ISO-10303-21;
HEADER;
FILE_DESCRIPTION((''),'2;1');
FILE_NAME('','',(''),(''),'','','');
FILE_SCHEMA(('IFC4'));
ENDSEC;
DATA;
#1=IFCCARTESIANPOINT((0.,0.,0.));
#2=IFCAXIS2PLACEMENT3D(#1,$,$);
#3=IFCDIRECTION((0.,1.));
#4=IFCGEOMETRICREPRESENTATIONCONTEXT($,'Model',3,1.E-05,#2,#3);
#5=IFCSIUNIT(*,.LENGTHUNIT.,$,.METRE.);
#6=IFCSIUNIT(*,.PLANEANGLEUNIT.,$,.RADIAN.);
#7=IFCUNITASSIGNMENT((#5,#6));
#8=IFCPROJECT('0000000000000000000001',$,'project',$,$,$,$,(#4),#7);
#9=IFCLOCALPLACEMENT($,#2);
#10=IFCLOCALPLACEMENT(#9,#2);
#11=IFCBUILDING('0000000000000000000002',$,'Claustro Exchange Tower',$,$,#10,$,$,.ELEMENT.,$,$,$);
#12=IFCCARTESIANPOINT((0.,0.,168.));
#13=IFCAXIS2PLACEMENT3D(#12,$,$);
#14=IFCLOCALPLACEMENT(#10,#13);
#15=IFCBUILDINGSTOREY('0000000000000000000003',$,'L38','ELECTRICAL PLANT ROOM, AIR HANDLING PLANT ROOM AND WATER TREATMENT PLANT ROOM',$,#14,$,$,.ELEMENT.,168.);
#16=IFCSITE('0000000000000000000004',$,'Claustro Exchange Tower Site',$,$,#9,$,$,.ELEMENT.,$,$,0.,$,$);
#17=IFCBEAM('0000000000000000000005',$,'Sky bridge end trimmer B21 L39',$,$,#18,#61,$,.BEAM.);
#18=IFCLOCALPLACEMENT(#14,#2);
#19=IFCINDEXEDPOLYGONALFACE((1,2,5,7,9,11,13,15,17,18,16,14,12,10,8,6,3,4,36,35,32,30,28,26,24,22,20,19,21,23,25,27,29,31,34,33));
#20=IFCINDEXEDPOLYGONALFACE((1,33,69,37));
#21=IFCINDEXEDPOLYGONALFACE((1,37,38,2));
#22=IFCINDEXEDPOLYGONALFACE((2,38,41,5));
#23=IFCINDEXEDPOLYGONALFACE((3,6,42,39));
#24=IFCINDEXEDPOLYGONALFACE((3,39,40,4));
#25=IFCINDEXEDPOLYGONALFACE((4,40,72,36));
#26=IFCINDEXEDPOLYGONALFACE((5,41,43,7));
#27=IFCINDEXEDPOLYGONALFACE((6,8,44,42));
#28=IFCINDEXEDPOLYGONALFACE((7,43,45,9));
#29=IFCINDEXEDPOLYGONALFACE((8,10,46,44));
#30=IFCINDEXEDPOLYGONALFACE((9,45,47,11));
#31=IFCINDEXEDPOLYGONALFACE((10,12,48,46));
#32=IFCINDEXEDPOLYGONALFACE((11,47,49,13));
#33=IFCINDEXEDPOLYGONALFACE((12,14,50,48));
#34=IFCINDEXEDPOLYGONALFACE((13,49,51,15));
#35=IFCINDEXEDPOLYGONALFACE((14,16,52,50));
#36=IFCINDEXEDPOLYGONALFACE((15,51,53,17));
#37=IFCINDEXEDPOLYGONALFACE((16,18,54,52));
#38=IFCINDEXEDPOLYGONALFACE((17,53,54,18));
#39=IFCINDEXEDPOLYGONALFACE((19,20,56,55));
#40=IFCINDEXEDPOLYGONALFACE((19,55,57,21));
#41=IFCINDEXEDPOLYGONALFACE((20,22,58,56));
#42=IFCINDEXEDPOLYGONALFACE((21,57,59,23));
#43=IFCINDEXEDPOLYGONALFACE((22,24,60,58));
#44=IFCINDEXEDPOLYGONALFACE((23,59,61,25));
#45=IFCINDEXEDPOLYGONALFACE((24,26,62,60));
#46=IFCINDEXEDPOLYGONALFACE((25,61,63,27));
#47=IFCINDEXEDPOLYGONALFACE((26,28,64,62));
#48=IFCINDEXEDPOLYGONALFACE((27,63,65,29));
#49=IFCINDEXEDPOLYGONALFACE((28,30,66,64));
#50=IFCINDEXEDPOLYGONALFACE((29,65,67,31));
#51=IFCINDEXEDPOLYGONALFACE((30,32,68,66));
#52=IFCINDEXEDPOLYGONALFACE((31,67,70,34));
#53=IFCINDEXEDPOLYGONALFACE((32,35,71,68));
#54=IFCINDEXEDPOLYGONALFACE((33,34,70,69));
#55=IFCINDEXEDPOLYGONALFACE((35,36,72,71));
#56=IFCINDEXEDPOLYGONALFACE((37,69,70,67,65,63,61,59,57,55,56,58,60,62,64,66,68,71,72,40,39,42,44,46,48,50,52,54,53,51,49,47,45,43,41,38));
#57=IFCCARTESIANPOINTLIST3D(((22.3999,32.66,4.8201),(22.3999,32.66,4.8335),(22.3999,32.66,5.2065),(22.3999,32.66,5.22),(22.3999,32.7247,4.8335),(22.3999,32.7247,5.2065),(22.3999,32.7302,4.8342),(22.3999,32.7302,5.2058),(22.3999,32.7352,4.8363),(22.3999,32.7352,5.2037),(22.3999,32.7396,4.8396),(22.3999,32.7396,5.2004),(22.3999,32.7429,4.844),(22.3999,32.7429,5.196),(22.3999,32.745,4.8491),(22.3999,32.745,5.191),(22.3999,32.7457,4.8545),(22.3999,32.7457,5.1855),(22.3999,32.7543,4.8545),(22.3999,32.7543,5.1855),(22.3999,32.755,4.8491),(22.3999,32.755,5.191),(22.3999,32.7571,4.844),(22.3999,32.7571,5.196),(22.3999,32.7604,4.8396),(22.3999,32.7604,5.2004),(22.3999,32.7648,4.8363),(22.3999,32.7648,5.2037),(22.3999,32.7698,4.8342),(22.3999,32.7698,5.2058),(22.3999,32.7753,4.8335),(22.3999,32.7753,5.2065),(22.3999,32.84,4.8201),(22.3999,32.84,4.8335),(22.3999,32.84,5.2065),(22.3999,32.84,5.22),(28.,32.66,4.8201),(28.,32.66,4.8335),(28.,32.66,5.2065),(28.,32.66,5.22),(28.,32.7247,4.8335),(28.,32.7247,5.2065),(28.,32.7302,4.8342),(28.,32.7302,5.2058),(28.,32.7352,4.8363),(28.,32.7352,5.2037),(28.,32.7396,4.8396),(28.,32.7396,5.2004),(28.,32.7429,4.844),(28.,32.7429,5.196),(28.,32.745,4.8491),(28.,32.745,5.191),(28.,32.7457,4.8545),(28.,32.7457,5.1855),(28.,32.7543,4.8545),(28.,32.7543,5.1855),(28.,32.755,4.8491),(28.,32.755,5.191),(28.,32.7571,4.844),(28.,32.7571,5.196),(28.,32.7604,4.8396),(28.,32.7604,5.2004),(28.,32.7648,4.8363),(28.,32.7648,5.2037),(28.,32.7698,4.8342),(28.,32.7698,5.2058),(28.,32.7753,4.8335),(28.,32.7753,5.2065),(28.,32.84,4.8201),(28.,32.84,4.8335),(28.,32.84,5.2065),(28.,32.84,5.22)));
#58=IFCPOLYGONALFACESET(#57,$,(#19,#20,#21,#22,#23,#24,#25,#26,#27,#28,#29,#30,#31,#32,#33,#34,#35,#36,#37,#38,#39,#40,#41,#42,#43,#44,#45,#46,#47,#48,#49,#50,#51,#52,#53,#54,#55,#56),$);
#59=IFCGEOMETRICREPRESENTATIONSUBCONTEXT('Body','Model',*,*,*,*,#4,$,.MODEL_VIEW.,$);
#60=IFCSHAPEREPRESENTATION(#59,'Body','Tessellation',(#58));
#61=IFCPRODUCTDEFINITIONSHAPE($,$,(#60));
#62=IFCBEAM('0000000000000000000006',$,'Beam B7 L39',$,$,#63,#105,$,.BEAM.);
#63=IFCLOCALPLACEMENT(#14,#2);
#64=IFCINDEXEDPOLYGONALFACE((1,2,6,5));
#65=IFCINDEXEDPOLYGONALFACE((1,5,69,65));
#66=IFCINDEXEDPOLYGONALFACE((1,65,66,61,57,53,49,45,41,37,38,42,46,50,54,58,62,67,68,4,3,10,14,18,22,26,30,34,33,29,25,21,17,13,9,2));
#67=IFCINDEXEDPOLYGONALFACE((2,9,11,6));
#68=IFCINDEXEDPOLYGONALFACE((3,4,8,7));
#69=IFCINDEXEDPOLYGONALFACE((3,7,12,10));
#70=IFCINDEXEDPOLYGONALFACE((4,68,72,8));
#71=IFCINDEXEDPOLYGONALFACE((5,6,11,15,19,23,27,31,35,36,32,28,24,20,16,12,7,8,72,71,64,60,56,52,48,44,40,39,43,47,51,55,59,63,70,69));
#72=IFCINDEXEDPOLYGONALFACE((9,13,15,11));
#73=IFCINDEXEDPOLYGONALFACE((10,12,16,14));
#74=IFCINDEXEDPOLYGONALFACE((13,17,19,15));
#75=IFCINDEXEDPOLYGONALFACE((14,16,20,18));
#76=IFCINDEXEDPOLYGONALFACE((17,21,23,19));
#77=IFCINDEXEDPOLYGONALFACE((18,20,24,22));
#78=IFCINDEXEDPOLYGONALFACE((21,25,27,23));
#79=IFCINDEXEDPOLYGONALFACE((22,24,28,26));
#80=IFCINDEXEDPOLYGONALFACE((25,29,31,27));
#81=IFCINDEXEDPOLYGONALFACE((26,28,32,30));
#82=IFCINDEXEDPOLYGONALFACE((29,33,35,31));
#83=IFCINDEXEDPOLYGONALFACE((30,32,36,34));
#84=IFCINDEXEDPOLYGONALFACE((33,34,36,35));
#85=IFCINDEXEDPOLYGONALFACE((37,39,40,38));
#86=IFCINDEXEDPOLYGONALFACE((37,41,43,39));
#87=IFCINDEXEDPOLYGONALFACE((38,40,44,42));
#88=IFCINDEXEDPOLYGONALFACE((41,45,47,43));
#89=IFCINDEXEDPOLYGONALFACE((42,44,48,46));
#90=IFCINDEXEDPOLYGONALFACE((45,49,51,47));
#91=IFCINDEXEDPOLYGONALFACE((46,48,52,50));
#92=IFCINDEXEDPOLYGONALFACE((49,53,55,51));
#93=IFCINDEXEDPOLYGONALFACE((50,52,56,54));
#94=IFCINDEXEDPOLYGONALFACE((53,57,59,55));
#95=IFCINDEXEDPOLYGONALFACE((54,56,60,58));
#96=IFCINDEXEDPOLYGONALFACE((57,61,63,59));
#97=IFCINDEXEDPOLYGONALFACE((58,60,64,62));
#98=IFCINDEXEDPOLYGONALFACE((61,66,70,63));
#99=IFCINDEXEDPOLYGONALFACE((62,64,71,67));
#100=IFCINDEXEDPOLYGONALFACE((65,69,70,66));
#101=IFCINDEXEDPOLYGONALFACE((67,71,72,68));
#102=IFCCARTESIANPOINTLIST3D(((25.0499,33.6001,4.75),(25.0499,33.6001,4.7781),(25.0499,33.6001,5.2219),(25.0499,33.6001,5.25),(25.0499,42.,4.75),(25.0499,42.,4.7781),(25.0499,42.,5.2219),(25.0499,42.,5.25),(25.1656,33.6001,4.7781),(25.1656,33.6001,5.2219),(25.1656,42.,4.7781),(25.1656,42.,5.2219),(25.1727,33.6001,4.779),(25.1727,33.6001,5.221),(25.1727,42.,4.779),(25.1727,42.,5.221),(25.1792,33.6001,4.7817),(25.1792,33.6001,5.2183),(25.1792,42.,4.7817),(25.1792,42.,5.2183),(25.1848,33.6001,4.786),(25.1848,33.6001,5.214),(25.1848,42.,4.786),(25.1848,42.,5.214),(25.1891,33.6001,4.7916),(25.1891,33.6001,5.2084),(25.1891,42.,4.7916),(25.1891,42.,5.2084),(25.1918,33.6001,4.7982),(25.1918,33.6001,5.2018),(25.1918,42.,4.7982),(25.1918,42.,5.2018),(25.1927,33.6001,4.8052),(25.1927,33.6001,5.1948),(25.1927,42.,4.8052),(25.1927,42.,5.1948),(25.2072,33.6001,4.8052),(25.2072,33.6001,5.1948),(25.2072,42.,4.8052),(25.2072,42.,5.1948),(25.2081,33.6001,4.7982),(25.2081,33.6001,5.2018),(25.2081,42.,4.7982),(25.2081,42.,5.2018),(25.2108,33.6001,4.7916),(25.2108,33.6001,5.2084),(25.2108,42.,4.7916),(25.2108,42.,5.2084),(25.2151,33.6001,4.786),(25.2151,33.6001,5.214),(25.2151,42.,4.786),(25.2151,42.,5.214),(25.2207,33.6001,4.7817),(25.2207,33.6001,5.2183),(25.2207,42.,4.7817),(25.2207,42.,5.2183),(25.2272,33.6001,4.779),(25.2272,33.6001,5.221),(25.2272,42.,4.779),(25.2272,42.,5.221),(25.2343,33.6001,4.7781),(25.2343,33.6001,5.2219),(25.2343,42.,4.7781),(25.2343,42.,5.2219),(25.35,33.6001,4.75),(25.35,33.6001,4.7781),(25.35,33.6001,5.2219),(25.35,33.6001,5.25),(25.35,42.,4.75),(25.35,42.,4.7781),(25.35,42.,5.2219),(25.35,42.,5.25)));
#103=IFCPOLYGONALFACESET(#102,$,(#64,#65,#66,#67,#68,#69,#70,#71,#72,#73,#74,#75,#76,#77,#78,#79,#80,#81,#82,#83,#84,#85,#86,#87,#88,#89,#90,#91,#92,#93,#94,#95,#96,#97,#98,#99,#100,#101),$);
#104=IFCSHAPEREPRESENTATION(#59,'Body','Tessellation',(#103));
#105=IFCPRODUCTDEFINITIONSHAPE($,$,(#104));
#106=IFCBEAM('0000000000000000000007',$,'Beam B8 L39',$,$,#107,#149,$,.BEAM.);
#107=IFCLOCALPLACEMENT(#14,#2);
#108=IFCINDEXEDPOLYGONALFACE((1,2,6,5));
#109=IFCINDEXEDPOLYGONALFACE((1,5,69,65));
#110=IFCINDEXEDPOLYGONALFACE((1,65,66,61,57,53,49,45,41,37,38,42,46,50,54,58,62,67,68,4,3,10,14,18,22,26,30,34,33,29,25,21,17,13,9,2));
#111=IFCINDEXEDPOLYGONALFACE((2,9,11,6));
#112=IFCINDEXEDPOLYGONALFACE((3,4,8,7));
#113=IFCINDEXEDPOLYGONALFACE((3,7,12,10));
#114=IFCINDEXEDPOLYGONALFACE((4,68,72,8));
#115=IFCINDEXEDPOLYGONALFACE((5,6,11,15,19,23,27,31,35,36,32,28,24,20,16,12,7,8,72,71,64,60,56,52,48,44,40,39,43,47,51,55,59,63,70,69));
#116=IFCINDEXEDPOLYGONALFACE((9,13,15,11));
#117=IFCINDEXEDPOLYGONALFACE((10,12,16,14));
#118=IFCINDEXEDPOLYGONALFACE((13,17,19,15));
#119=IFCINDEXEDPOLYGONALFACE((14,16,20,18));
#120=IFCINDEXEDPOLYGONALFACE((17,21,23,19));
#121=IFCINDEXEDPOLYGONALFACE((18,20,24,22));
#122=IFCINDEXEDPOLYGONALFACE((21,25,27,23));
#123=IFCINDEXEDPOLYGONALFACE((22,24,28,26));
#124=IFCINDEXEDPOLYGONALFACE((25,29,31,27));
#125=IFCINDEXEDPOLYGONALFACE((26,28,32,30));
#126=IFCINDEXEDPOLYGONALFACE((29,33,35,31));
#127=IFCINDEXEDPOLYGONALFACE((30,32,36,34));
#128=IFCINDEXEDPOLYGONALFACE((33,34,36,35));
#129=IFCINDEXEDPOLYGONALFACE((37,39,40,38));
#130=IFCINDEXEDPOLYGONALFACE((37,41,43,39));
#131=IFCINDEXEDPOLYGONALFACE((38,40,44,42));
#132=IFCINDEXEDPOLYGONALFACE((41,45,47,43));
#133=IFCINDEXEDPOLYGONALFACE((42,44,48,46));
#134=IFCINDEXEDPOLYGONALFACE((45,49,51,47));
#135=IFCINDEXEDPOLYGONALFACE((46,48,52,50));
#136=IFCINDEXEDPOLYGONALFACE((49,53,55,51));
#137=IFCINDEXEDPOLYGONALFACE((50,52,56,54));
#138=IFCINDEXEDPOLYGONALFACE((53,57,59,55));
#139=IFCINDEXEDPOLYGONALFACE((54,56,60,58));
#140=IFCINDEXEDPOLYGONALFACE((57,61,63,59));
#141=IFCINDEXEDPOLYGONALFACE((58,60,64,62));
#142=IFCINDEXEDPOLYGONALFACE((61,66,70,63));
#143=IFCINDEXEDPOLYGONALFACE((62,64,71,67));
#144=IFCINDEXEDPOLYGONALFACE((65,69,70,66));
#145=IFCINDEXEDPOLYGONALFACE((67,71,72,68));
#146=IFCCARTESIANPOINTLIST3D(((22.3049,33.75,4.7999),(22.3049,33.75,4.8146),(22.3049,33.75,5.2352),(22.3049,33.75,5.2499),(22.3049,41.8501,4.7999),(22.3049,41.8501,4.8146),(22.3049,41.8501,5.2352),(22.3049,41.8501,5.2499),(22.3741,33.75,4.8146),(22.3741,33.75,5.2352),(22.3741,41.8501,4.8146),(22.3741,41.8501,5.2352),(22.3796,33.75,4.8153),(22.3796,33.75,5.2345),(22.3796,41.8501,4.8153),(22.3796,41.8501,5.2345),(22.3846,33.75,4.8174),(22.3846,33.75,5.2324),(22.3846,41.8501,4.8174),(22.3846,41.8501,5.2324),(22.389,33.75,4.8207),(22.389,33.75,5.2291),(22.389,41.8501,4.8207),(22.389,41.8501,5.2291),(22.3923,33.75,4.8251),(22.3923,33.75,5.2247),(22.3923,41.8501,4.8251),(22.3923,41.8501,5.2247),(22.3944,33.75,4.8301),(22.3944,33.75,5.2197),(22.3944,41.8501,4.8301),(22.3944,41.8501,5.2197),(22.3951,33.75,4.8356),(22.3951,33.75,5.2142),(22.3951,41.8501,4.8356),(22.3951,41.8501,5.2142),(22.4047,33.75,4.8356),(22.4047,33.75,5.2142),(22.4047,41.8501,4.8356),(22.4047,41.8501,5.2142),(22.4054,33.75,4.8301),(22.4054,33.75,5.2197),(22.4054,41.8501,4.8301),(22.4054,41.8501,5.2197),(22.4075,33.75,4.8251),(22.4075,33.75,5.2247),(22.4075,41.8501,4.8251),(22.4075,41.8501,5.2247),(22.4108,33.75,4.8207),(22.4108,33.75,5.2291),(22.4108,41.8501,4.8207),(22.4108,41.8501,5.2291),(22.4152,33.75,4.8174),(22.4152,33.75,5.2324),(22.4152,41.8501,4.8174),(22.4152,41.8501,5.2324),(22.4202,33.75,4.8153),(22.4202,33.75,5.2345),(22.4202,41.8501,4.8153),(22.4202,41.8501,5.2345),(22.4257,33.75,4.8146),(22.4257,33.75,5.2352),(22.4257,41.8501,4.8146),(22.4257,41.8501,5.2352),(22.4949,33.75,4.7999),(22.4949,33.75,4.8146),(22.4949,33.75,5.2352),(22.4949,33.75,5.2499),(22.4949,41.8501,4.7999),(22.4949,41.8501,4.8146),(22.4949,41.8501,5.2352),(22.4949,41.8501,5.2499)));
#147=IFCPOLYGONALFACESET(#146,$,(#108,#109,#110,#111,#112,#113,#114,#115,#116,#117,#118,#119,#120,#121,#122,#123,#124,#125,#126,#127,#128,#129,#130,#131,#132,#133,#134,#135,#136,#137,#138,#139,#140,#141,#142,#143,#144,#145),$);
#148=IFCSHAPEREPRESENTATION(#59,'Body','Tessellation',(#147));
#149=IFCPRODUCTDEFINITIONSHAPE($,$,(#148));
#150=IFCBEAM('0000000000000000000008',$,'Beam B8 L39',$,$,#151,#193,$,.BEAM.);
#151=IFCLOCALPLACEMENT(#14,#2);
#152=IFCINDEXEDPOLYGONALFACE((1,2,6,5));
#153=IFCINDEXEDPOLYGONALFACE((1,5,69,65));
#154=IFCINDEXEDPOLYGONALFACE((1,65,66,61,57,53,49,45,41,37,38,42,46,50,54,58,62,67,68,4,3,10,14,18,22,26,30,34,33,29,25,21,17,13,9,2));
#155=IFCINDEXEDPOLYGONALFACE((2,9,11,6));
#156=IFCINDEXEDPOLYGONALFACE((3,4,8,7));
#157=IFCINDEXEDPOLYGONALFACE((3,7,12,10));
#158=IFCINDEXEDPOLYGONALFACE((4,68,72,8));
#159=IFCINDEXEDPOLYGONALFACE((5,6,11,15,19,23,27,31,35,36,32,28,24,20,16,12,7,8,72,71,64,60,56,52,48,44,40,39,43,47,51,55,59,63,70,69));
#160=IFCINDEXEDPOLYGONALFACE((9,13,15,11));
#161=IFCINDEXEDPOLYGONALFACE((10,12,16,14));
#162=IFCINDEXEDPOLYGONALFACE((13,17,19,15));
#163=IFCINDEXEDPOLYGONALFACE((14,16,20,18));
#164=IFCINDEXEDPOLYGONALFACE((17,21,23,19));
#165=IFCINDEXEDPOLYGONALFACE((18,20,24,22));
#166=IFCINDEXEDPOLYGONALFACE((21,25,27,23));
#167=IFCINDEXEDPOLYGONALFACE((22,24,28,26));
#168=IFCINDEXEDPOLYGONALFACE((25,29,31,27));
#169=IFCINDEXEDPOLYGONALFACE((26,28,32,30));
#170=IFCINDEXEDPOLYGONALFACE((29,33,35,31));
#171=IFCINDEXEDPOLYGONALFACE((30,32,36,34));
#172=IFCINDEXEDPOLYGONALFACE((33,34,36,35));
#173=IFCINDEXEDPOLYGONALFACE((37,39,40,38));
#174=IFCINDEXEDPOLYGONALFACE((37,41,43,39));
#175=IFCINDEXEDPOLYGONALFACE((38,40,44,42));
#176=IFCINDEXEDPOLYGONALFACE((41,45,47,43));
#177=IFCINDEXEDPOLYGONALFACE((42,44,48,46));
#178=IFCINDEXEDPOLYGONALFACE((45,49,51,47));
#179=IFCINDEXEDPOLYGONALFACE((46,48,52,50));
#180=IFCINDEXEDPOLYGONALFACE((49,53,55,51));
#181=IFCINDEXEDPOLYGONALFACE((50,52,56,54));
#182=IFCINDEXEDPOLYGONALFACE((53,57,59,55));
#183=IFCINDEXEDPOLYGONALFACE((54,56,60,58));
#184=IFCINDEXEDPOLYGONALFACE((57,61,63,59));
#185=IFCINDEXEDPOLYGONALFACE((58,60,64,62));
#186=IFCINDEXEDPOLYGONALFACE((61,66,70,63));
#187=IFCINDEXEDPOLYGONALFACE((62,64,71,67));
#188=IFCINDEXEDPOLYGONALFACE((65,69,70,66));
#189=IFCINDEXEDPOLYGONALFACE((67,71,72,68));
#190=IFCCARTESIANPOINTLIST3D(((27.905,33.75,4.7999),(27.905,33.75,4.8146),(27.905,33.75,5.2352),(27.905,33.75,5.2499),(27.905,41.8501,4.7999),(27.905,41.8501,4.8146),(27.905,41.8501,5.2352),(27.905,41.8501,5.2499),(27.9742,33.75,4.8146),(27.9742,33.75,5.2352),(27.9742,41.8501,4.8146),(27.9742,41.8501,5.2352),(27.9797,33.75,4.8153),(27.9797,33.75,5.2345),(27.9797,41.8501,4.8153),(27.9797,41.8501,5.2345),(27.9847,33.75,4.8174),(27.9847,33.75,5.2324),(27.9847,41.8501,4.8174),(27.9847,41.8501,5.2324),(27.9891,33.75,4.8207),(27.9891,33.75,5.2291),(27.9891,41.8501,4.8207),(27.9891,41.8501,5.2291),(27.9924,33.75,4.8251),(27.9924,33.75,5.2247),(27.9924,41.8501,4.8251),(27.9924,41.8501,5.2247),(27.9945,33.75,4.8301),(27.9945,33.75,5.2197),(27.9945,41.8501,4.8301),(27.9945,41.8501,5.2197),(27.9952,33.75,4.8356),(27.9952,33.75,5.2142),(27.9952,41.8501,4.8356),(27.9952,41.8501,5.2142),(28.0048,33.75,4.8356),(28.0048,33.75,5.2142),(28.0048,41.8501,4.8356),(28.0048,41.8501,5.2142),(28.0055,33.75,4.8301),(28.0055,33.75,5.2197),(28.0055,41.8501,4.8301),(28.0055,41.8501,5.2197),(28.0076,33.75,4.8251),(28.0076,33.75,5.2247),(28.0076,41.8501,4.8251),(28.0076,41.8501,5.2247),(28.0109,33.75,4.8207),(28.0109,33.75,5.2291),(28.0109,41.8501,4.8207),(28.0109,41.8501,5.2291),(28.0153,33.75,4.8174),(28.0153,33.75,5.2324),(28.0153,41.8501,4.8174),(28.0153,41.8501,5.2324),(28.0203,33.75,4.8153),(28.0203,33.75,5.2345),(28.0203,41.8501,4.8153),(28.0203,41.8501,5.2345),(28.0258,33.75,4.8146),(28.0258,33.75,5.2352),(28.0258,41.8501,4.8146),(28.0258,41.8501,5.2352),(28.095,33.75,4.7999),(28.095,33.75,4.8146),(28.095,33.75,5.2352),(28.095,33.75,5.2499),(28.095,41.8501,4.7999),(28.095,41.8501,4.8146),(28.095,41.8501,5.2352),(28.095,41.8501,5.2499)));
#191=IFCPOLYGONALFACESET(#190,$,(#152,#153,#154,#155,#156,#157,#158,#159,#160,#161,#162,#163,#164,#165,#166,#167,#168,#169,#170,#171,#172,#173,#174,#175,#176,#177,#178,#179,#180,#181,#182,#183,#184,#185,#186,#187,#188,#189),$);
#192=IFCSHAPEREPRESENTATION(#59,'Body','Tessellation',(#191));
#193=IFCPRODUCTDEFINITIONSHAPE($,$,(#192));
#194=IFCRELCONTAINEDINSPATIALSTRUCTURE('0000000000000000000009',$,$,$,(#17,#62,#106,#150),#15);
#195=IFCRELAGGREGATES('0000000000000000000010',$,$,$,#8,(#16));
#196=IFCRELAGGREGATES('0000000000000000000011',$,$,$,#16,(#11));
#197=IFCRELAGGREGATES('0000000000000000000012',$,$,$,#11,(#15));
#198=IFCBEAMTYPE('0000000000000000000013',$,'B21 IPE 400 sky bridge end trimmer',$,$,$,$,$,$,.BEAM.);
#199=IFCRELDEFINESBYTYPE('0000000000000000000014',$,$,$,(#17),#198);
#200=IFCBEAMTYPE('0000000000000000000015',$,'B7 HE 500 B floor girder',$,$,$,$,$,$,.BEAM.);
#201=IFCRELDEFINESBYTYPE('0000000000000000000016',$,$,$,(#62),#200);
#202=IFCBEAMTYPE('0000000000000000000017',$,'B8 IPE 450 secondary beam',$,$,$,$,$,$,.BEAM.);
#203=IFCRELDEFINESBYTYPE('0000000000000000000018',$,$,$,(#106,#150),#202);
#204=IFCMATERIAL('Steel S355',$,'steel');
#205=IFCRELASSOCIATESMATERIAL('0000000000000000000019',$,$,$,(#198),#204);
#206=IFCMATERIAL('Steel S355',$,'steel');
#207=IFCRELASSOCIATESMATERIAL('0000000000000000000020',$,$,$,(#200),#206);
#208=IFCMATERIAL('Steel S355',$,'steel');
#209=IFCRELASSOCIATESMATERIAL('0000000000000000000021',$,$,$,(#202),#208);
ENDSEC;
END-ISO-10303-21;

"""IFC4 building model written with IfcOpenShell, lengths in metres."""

from ifc_helpers import new_model, si_unit, direction, frame, origin, origin_2d, place, context, subcontext, project, spatial, i_section, extrude, material, material_profile, profile_set, type_object, element, save


model = new_model("IFC4")

# Units and contexts
model_context = context("Model", 3, precision=1e-05, world=origin(), true_north=direction((0.0, 1.0)))
body_context = subcontext(model_context, "Body", "Model", "MODEL_VIEW")
ifc_project = project(units=[si_unit("LENGTHUNIT", "METRE"), si_unit("PLANEANGLEUNIT", "RADIAN")], contexts=[model_context])

# Site, building, storey
site_placement = place(None, origin())
site = spatial("IfcSite", under=ifc_project, at=site_placement, Name="Claustro Exchange Tower Site", CompositionType="ELEMENT", RefElevation=0.0)
building_placement = place(site_placement, origin())
building = spatial("IfcBuilding", under=site, at=building_placement, Name="Claustro Exchange Tower", CompositionType="ELEMENT")
storey_placement = place(building_placement, frame((0.0, 0.0, 168.0)))
storey = spatial("IfcBuildingStorey", under=building, at=storey_placement, Name="L38", Description="ELECTRICAL PLANT ROOM, AIR HANDLING PLANT ROOM AND WATER TREATMENT PLANT ROOM", CompositionType="ELEMENT", Elevation=168.0)

# Beams
ifc_material_1 = material(Name="Steel S355", Category="steel")
ifc_material_profile_1 = material_profile(ifc_material_1, i_section(OverallWidth=0.1799, OverallDepth=0.3999, WebThickness=0.0085, FlangeThickness=0.0134, FilletRadius=0.021, at=origin_2d()), Name="IPE 400")
ifc_profile_set_1 = profile_set([ifc_material_profile_1], Name="Steel S355")
beam_type_1 = type_object("IfcBeamType", Name="B21 IPE 400 sky bridge end trimmer", PredefinedType="BEAM", material=ifc_profile_set_1)
beam_1_placement = place(storey_placement, frame((22.3999, 32.75, 5.02), z_axis=(1.0, 0.0, 0.0), x_axis=(0.0, 1.0, 0.0)))
element("IfcBeam", 1, at=beam_1_placement, inside=storey, type_object=beam_type_1, Name="Sky bridge end trimmer B21 L39", PredefinedType="BEAM", context=body_context, shape_type="SweptSolid", body=[
    extrude(i_section(OverallWidth=0.1799, OverallDepth=0.3999, WebThickness=0.0085, FlangeThickness=0.0134, FilletRadius=0.021, at=origin_2d()), origin(), (0.0, 0.0, 1.0), 5.6001),
])
ifc_material_2 = material(Name="Steel S355", Category="steel")
ifc_material_profile_2 = material_profile(ifc_material_2, i_section(OverallWidth=0.3, OverallDepth=0.5, WebThickness=0.0144, FlangeThickness=0.0281, FilletRadius=0.0271, at=origin_2d()), Name="HE 500 B")
ifc_profile_set_2 = profile_set([ifc_material_profile_2], Name="Steel S355")
beam_type_2 = type_object("IfcBeamType", Name="B7 HE 500 B floor girder", PredefinedType="BEAM", material=ifc_profile_set_2)
beam_2_placement = place(storey_placement, frame((25.2, 33.6001, 5.0), z_axis=(0.0, 1.0, 0.0), x_axis=(-1.0, 0.0, 0.0)))
element("IfcBeam", 2, at=beam_2_placement, inside=storey, type_object=beam_type_2, Name="Beam B7 L39", PredefinedType="BEAM", context=body_context, shape_type="SweptSolid", body=[
    extrude(i_section(OverallWidth=0.3, OverallDepth=0.5, WebThickness=0.0144, FlangeThickness=0.0281, FilletRadius=0.0271, at=origin_2d()), origin(), (0.0, 0.0, 1.0), 8.3999),
])
ifc_material_3 = material(Name="Steel S355", Category="steel")
ifc_material_profile_3 = material_profile(ifc_material_3, i_section(OverallWidth=0.1899, OverallDepth=0.45, WebThickness=0.0095, FlangeThickness=0.0146, FilletRadius=0.021, at=origin_2d()), Name="IPE 450")
ifc_profile_set_3 = profile_set([ifc_material_profile_3], Name="Steel S355")
beam_type_3 = type_object("IfcBeamType", Name="B8 IPE 450 secondary beam", PredefinedType="BEAM", material=ifc_profile_set_3)
for number, where, z_axis, x_axis, name in (
    (3, (22.3999, 33.75, 5.0249), (0.0, 1.0, 0.0), (-1.0, 0.0, 0.0), "Beam B8 L39"),
    (4, (28.0, 33.75, 5.0249), (0.0, 1.0, 0.0), (-1.0, 0.0, 0.0), "Beam B8 L39"),
):
    element("IfcBeam", number, at=place(storey_placement, frame(where, z_axis=z_axis, x_axis=x_axis)), inside=storey, type_object=beam_type_3, Name=name, PredefinedType="BEAM", context=body_context, shape_type="SweptSolid", body=[
        extrude(i_section(OverallWidth=0.1899, OverallDepth=0.45, WebThickness=0.0095, FlangeThickness=0.0146, FilletRadius=0.021, at=origin_2d()), origin(), (0.0, 0.0, 1.0), 8.1001),
    ])

save(model, "model.ifc")
